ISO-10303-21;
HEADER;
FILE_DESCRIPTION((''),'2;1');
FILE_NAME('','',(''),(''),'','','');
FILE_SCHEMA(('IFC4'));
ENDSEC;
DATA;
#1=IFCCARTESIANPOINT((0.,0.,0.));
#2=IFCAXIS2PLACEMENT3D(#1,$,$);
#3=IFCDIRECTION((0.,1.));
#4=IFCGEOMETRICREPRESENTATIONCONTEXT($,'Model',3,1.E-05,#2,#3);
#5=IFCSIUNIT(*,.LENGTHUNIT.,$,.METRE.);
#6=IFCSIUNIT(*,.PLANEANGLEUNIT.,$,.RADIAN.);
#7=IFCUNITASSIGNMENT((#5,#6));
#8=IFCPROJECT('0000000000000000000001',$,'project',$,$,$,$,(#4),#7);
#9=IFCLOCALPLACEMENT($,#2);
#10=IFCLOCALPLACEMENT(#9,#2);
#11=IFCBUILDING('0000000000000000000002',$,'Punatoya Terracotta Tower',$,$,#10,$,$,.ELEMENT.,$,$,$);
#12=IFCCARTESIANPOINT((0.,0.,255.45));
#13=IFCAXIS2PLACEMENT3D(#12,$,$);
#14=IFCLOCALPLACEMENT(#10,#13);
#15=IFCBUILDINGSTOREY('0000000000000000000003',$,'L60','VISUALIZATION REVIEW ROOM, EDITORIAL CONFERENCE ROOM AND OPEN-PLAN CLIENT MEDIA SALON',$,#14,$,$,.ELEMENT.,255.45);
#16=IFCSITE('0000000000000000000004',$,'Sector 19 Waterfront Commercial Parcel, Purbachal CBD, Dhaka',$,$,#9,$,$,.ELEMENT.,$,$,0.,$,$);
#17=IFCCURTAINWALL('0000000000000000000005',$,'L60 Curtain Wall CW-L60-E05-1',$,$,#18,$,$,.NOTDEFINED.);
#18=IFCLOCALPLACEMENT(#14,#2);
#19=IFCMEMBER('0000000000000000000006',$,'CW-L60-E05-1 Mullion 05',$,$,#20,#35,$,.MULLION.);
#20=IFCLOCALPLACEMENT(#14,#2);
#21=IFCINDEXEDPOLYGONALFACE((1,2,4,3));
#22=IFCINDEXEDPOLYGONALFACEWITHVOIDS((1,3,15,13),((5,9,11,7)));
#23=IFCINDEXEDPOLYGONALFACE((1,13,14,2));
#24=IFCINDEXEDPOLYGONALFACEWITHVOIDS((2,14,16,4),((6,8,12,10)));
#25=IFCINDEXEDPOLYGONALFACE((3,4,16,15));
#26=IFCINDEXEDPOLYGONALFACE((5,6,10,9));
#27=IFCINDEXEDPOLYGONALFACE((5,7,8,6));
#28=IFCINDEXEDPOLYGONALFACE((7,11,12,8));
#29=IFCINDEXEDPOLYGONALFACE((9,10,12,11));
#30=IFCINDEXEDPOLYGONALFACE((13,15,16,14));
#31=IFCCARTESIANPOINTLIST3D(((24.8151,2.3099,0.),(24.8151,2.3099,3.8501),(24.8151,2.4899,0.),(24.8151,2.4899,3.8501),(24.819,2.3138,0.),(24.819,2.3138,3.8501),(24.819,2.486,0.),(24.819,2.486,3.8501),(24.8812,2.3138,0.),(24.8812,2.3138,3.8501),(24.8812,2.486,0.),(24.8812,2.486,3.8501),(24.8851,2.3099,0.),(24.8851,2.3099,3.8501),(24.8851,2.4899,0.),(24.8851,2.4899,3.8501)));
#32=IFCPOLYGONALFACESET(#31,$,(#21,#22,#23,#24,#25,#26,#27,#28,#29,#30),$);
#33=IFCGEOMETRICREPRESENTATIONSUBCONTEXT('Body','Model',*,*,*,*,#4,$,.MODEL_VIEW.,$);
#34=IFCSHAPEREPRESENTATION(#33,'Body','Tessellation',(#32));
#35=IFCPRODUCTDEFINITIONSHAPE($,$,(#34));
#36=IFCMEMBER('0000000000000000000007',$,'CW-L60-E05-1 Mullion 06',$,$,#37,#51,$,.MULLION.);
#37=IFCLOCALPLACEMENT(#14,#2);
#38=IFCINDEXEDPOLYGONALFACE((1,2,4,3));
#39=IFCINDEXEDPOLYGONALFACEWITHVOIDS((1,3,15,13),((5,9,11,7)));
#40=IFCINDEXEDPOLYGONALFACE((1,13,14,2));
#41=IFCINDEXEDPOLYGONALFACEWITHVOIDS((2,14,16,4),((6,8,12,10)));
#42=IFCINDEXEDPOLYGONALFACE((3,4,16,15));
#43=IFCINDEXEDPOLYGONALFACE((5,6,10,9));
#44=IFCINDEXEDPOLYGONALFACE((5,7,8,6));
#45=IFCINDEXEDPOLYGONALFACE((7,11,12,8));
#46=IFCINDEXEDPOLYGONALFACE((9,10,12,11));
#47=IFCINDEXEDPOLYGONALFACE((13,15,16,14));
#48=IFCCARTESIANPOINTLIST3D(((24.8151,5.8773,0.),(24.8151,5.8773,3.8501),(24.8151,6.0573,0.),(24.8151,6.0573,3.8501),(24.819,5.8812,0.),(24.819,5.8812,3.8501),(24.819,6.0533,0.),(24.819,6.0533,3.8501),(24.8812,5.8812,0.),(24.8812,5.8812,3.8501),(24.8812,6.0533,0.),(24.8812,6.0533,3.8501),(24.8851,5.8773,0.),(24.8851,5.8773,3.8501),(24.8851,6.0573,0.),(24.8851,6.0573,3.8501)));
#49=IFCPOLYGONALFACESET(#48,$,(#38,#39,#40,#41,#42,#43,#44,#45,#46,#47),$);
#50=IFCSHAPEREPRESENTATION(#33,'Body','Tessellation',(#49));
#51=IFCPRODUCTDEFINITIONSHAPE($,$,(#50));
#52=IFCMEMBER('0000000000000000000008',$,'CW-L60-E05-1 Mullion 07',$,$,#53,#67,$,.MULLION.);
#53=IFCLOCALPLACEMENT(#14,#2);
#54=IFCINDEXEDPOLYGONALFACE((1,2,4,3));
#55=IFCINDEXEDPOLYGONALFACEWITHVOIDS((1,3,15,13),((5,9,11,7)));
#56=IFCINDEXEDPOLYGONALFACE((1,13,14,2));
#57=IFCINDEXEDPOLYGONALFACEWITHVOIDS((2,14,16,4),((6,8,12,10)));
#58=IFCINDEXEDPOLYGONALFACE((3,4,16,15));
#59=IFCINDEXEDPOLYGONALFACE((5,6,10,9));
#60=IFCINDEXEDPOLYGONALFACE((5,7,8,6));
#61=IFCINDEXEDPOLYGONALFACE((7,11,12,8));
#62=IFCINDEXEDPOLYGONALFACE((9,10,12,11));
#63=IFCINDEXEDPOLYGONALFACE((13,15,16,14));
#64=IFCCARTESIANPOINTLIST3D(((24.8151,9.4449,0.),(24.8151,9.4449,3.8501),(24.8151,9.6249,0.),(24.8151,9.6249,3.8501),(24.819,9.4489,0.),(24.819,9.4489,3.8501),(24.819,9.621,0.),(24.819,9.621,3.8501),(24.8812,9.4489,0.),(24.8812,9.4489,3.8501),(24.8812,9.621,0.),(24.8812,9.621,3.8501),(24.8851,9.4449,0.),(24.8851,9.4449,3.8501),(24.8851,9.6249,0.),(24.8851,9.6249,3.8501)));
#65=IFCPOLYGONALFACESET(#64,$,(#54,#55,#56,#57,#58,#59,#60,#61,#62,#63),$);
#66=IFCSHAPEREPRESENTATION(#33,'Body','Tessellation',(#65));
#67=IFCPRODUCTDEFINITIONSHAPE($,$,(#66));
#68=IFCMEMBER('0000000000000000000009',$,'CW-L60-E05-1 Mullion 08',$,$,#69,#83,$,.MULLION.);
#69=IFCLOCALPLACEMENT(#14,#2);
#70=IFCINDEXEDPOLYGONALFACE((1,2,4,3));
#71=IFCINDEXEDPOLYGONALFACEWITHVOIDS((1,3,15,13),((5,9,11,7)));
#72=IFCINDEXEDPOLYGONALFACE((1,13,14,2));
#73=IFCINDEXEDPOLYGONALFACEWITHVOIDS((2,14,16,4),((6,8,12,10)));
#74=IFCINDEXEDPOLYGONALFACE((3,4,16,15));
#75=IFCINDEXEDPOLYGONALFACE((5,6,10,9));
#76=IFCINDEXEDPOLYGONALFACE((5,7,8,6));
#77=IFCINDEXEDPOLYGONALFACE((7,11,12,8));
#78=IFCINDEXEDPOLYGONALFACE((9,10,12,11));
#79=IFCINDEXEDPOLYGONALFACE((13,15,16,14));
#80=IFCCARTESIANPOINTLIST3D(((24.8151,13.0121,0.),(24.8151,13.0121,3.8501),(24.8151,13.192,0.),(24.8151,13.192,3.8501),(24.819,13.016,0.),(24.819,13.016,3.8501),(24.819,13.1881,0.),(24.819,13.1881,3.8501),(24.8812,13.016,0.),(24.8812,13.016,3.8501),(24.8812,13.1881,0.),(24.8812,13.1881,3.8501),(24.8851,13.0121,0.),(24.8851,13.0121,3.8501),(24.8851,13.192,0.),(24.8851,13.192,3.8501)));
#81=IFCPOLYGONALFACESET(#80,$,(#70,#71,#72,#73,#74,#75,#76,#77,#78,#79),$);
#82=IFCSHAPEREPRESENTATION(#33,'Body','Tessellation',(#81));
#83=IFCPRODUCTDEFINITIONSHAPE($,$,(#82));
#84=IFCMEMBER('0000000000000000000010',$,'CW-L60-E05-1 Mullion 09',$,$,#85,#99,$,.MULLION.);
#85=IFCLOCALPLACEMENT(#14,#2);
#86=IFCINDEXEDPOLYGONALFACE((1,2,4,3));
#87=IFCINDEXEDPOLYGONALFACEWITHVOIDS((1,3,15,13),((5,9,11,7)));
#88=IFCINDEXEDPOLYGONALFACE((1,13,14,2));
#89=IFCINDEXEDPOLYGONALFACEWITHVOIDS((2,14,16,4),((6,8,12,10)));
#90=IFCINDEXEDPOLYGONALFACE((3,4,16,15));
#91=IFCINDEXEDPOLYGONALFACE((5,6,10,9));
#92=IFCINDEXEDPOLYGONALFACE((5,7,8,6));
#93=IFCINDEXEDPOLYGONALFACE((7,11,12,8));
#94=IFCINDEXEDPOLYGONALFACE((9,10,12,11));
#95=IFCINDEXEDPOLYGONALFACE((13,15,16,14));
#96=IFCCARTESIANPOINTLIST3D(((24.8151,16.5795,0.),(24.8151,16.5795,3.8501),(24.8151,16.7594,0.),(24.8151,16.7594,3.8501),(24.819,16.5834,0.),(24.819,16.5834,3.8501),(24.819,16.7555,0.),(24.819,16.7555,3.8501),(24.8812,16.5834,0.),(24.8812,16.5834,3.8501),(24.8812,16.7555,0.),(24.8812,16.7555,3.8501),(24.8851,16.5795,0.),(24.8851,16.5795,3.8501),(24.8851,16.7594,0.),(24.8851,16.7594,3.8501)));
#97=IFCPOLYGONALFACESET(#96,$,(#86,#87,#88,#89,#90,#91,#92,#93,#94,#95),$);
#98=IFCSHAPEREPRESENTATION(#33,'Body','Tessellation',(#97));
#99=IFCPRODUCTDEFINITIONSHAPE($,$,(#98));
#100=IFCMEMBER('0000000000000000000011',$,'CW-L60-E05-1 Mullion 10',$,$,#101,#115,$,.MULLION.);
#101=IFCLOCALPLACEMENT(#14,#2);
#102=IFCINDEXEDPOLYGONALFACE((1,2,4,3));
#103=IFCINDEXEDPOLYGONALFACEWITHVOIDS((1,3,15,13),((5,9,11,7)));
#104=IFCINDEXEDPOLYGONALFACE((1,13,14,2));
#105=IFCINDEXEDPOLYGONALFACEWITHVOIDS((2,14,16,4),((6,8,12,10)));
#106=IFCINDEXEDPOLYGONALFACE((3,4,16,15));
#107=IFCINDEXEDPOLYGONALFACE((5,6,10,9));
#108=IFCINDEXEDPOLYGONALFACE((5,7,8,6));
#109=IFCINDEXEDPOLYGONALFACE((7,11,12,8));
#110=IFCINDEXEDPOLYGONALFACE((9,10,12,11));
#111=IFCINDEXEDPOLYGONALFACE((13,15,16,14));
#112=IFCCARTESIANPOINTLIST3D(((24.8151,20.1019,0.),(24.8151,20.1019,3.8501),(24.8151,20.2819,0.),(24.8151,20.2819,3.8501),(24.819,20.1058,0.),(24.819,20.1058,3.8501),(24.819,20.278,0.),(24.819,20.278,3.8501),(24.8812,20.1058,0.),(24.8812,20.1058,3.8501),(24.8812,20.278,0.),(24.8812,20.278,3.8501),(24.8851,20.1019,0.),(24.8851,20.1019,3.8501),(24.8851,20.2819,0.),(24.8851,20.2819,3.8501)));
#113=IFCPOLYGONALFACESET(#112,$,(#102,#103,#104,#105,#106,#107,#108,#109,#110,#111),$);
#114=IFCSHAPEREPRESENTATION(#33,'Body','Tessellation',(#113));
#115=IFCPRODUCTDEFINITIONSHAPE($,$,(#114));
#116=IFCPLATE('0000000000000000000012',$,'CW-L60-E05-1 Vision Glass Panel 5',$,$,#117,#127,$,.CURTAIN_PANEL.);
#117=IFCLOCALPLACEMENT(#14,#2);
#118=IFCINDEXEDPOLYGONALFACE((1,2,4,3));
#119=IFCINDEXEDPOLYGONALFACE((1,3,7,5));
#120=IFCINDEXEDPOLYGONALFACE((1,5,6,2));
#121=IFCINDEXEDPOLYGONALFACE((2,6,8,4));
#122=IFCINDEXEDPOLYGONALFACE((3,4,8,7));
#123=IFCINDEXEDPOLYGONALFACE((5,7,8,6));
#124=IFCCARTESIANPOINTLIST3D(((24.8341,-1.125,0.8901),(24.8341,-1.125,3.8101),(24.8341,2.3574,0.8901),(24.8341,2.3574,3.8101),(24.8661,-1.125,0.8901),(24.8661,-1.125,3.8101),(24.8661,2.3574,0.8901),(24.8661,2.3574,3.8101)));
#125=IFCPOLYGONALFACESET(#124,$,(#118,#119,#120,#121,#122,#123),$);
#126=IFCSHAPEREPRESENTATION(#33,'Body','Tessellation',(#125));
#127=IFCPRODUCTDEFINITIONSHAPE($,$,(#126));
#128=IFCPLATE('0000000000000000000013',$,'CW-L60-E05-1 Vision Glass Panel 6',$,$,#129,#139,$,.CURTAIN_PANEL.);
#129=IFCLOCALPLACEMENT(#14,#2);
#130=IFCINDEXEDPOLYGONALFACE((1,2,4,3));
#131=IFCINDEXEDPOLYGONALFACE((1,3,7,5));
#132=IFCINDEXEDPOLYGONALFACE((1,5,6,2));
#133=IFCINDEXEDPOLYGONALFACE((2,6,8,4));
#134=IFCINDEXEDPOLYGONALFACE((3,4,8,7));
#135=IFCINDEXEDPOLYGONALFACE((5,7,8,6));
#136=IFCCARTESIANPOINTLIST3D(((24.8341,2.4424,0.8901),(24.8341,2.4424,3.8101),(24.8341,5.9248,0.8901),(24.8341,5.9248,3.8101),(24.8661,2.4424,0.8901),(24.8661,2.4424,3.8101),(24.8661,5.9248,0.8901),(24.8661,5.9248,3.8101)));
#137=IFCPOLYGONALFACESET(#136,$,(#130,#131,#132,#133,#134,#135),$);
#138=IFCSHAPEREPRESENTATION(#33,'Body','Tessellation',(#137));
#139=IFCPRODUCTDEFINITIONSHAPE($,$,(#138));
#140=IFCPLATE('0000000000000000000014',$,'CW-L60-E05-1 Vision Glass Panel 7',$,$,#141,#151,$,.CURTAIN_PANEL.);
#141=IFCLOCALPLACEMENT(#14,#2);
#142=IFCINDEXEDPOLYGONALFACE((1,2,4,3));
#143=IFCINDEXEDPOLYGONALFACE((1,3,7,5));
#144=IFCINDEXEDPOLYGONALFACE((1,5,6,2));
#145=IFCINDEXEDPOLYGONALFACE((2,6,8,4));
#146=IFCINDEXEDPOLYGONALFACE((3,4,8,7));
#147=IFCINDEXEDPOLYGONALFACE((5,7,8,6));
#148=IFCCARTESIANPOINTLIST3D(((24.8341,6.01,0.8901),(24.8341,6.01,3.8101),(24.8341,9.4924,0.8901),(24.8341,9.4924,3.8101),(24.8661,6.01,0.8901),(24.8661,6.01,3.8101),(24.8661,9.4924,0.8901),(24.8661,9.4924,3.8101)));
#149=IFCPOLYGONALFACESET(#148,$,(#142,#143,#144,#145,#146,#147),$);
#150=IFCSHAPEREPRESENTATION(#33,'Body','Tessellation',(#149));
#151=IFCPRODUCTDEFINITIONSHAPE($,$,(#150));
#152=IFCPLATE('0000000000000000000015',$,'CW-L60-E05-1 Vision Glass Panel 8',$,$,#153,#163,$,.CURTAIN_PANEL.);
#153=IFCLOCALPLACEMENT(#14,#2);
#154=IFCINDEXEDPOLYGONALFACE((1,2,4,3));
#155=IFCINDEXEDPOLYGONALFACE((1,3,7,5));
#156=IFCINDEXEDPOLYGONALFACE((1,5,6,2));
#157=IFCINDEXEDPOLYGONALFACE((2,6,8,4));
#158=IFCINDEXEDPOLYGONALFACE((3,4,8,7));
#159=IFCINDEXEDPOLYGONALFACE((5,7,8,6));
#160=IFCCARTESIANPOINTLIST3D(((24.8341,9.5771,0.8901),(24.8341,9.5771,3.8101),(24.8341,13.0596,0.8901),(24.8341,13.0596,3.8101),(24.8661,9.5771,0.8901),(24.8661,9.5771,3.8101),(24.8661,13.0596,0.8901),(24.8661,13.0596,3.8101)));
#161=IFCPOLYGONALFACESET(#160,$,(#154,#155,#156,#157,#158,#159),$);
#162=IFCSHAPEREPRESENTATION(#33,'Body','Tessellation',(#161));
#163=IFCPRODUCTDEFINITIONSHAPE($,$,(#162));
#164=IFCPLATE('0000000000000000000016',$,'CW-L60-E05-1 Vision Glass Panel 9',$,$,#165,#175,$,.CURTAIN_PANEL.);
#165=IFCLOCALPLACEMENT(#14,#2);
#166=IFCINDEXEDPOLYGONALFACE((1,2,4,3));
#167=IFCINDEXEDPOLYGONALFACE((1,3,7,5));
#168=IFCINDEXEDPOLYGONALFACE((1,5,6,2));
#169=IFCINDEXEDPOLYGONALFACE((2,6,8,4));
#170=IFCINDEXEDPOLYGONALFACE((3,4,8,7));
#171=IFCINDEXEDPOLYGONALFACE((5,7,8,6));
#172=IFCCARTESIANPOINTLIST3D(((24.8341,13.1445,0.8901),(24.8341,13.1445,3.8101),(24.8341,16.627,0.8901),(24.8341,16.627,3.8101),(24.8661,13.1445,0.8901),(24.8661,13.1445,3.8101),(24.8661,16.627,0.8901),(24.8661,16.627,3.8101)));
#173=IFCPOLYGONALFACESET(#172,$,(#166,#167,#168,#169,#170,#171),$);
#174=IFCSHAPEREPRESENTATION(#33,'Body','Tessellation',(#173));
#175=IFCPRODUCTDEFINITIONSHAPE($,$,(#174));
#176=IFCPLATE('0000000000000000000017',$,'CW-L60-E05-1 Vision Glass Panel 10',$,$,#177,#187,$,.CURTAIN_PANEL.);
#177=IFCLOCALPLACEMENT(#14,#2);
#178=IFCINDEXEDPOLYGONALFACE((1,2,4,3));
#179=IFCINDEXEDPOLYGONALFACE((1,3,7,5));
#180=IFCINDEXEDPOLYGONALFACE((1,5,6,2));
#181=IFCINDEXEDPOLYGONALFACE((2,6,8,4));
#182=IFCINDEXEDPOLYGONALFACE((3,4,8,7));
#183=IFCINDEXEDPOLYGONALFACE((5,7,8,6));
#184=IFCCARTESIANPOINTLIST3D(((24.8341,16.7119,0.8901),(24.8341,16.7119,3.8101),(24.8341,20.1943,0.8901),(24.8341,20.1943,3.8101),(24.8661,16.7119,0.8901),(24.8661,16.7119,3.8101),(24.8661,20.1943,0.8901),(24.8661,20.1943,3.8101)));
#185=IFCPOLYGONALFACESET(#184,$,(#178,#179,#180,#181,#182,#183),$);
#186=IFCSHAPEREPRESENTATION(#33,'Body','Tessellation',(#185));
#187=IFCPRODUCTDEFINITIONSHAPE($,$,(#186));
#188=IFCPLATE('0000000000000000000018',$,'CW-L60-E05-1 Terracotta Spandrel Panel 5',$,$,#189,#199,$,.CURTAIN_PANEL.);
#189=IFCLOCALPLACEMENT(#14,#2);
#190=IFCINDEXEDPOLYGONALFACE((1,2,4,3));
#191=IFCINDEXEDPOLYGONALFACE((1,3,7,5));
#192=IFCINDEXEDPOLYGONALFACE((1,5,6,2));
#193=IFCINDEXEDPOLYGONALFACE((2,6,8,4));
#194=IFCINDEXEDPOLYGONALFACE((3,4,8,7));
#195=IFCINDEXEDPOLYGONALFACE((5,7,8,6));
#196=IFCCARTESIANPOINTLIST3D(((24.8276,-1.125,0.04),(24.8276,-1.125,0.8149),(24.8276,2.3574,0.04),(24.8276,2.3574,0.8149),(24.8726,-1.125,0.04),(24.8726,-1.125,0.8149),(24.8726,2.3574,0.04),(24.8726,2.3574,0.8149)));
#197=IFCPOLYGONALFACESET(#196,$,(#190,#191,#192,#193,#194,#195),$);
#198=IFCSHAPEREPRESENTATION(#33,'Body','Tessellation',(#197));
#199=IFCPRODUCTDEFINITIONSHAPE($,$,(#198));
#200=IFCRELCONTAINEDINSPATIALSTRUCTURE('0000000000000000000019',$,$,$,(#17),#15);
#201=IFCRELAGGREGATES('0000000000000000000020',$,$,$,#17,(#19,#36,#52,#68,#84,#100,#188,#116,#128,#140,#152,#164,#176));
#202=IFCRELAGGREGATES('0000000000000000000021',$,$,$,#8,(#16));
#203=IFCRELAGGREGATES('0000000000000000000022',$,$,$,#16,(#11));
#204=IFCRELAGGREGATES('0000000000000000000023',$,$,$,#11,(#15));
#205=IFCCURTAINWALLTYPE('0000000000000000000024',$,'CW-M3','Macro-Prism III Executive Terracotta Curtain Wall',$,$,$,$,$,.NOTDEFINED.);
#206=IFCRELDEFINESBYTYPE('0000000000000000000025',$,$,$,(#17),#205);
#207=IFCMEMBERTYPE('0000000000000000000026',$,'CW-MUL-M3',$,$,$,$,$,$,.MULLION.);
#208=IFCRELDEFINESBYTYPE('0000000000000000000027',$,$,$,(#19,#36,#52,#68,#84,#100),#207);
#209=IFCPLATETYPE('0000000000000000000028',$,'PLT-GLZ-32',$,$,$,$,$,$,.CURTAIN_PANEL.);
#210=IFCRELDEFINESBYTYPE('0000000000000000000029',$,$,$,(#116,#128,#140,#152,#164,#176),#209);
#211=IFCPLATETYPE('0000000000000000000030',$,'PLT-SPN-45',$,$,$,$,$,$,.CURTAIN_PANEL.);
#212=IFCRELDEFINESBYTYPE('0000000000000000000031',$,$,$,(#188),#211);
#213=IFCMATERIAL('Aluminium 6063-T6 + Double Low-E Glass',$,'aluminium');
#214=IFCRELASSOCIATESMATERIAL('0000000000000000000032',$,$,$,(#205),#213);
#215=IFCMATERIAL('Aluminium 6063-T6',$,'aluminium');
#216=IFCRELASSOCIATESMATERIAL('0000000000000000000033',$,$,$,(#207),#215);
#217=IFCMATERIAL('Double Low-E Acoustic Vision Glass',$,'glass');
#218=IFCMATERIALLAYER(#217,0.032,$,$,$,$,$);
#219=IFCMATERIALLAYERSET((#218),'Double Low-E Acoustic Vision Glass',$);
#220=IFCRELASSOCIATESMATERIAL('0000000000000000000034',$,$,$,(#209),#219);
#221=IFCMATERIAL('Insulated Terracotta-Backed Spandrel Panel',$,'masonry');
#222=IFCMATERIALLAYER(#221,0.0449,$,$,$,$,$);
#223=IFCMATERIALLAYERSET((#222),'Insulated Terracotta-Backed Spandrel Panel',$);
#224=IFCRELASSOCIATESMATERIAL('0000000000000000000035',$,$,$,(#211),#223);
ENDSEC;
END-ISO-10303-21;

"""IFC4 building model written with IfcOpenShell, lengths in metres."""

from ifc_helpers import new_model, si_unit, direction, frame, origin, origin_2d, place, context, subcontext, project, spatial, rectangle, hollow_rectangle, extrude, material, layer, layer_set, material_profile, profile_set, type_object, element, aggregate, save


model = new_model("IFC4")

# Units and contexts
model_context = context("Model", 3, precision=1e-05, world=origin(), true_north=direction((0.0, 1.0)))
body_context = subcontext(model_context, "Body", "Model", "MODEL_VIEW")
ifc_project = project(units=[si_unit("LENGTHUNIT", "METRE"), si_unit("PLANEANGLEUNIT", "RADIAN")], contexts=[model_context])

# Site, building, storey
site_placement = place(None, origin())
site = spatial("IfcSite", under=ifc_project, at=site_placement, Name="Sector 19 Waterfront Commercial Parcel, Purbachal CBD, Dhaka", CompositionType="ELEMENT", RefElevation=0.0)
building_placement = place(site_placement, origin())
building = spatial("IfcBuilding", under=site, at=building_placement, Name="Punatoya Terracotta Tower", CompositionType="ELEMENT")
storey_placement = place(building_placement, frame((0.0, 0.0, 255.45)))
storey = spatial("IfcBuildingStorey", under=building, at=storey_placement, Name="L60", Description="VISUALIZATION REVIEW ROOM, EDITORIAL CONFERENCE ROOM AND OPEN-PLAN CLIENT MEDIA SALON", CompositionType="ELEMENT", Elevation=255.45)

# Curtain wall, members, plates
ifc_material_1 = material(Name="Aluminium 6063-T6 + Double Low-E Glass", Category="aluminium")
curtain_wall_type = type_object("IfcCurtainWallType", Name="CW-M3", Description="Macro-Prism III Executive Terracotta Curtain Wall", PredefinedType="NOTDEFINED", material=ifc_material_1)
curtain_wall_placement = place(storey_placement, origin())
curtain_wall = element("IfcCurtainWall", 1, at=curtain_wall_placement, inside=storey, type_object=curtain_wall_type, Name="L60 Curtain Wall CW-L60-E05-1", PredefinedType="NOTDEFINED")
ifc_material_2 = material(Name="Aluminium 6063-T6", Category="aluminium")
ifc_material_profile_1 = material_profile(ifc_material_2, hollow_rectangle(XDim=0.0701, YDim=0.1799, WallThickness=0.0039, at=origin_2d()))
ifc_profile_set_1 = profile_set([ifc_material_profile_1], Name="Aluminium 6063-T6")
member_type = type_object("IfcMemberType", Name="CW-MUL-M3", PredefinedType="MULLION", material=ifc_profile_set_1)
member_1_placement = place(storey_placement, frame((24.8501, 2.3999, 0.0), z_axis=(0.0, 0.0, 1.0), x_axis=(1.0, 0.0, 0.0)))
member_1 = element("IfcMember", 2, at=member_1_placement, type_object=member_type, Name="CW-L60-E05-1 Mullion 05", PredefinedType="MULLION", context=body_context, shape_type="SweptSolid", body=[
    extrude(hollow_rectangle(XDim=0.0701, YDim=0.1799, WallThickness=0.0039, at=origin_2d()), origin(), (0.0, 0.0, 1.0), 3.8501),
])
member_2_placement = place(storey_placement, frame((24.8501, 5.9673, 0.0), z_axis=(0.0, 0.0, 1.0), x_axis=(1.0, 0.0, 0.0)))
member_2 = element("IfcMember", 3, at=member_2_placement, type_object=member_type, Name="CW-L60-E05-1 Mullion 06", PredefinedType="MULLION", context=body_context, shape_type="SweptSolid", body=[
    extrude(hollow_rectangle(XDim=0.0701, YDim=0.1799, WallThickness=0.0039, at=origin_2d()), origin(), (0.0, 0.0, 1.0), 3.8501),
])
member_3_placement = place(storey_placement, frame((24.8501, 9.5349, 0.0), z_axis=(0.0, 0.0, 1.0), x_axis=(1.0, 0.0, 0.0)))
member_3 = element("IfcMember", 4, at=member_3_placement, type_object=member_type, Name="CW-L60-E05-1 Mullion 07", PredefinedType="MULLION", context=body_context, shape_type="SweptSolid", body=[
    extrude(hollow_rectangle(XDim=0.0701, YDim=0.1799, WallThickness=0.0039, at=origin_2d()), origin(), (0.0, 0.0, 1.0), 3.8501),
])
member_4_placement = place(storey_placement, frame((24.8501, 13.1021, 0.0), z_axis=(0.0, 0.0, 1.0), x_axis=(1.0, 0.0, 0.0)))
member_4 = element("IfcMember", 5, at=member_4_placement, type_object=member_type, Name="CW-L60-E05-1 Mullion 08", PredefinedType="MULLION", context=body_context, shape_type="SweptSolid", body=[
    extrude(hollow_rectangle(XDim=0.0701, YDim=0.1799, WallThickness=0.0039, at=origin_2d()), origin(), (0.0, 0.0, 1.0), 3.8501),
])
member_5_placement = place(storey_placement, frame((24.8501, 16.6694, 0.0), z_axis=(0.0, 0.0, 1.0), x_axis=(1.0, 0.0, 0.0)))
member_5 = element("IfcMember", 6, at=member_5_placement, type_object=member_type, Name="CW-L60-E05-1 Mullion 09", PredefinedType="MULLION", context=body_context, shape_type="SweptSolid", body=[
    extrude(hollow_rectangle(XDim=0.0701, YDim=0.1799, WallThickness=0.0039, at=origin_2d()), origin(), (0.0, 0.0, 1.0), 3.8501),
])
member_6_placement = place(storey_placement, frame((24.8501, 20.1919, 0.0), z_axis=(0.0, 0.0, 1.0), x_axis=(1.0, 0.0, 0.0)))
member_6 = element("IfcMember", 7, at=member_6_placement, type_object=member_type, Name="CW-L60-E05-1 Mullion 10", PredefinedType="MULLION", context=body_context, shape_type="SweptSolid", body=[
    extrude(hollow_rectangle(XDim=0.0701, YDim=0.1799, WallThickness=0.0039, at=origin_2d()), origin(), (0.0, 0.0, 1.0), 3.8501),
])
ifc_material_3 = material(Name="Double Low-E Acoustic Vision Glass", Category="glass")
ifc_layer_1 = layer(ifc_material_3, 0.032)
ifc_layer_set_1 = layer_set([ifc_layer_1], Name="Double Low-E Acoustic Vision Glass")
plate_type_1 = type_object("IfcPlateType", Name="PLT-GLZ-32", PredefinedType="CURTAIN_PANEL", material=ifc_layer_set_1)
plate_1_placement = place(storey_placement, frame((24.8501, 0.6162, 0.8901), z_axis=(0.0, 0.0, 1.0), x_axis=(0.0, 1.0, 0.0)))
plate_1 = element("IfcPlate", 8, at=plate_1_placement, type_object=plate_type_1, Name="CW-L60-E05-1 Vision Glass Panel 5", PredefinedType="CURTAIN_PANEL", context=body_context, shape_type="SweptSolid", body=[
    extrude(rectangle(XDim=3.4824, YDim=0.032, at=origin_2d()), origin(), (0.0, 0.0, 1.0), 2.9199),
])
plate_2_placement = place(storey_placement, frame((24.8501, 4.1836, 0.8901), z_axis=(0.0, 0.0, 1.0), x_axis=(0.0, 1.0, 0.0)))
plate_2 = element("IfcPlate", 9, at=plate_2_placement, type_object=plate_type_1, Name="CW-L60-E05-1 Vision Glass Panel 6", PredefinedType="CURTAIN_PANEL", context=body_context, shape_type="SweptSolid", body=[
    extrude(rectangle(XDim=3.4824, YDim=0.032, at=origin_2d()), origin(), (0.0, 0.0, 1.0), 2.9199),
])
plate_3_placement = place(storey_placement, frame((24.8501, 7.7512, 0.8901), z_axis=(0.0, 0.0, 1.0), x_axis=(0.0, 1.0, 0.0)))
plate_3 = element("IfcPlate", 10, at=plate_3_placement, type_object=plate_type_1, Name="CW-L60-E05-1 Vision Glass Panel 7", PredefinedType="CURTAIN_PANEL", context=body_context, shape_type="SweptSolid", body=[
    extrude(rectangle(XDim=3.4824, YDim=0.032, at=origin_2d()), origin(), (0.0, 0.0, 1.0), 2.9199),
])
plate_4_placement = place(storey_placement, frame((24.8501, 11.3184, 0.8901), z_axis=(0.0, 0.0, 1.0), x_axis=(0.0, 1.0, 0.0)))
plate_4 = element("IfcPlate", 11, at=plate_4_placement, type_object=plate_type_1, Name="CW-L60-E05-1 Vision Glass Panel 8", PredefinedType="CURTAIN_PANEL", context=body_context, shape_type="SweptSolid", body=[
    extrude(rectangle(XDim=3.4824, YDim=0.032, at=origin_2d()), origin(), (0.0, 0.0, 1.0), 2.9199),
])
plate_5_placement = place(storey_placement, frame((24.8501, 14.8857, 0.8901), z_axis=(0.0, 0.0, 1.0), x_axis=(0.0, 1.0, 0.0)))
plate_5 = element("IfcPlate", 12, at=plate_5_placement, type_object=plate_type_1, Name="CW-L60-E05-1 Vision Glass Panel 9", PredefinedType="CURTAIN_PANEL", context=body_context, shape_type="SweptSolid", body=[
    extrude(rectangle(XDim=3.4824, YDim=0.032, at=origin_2d()), origin(), (0.0, 0.0, 1.0), 2.9199),
])
plate_6_placement = place(storey_placement, frame((24.8501, 18.4531, 0.8901), z_axis=(0.0, 0.0, 1.0), x_axis=(0.0, 1.0, 0.0)))
plate_6 = element("IfcPlate", 13, at=plate_6_placement, type_object=plate_type_1, Name="CW-L60-E05-1 Vision Glass Panel 10", PredefinedType="CURTAIN_PANEL", context=body_context, shape_type="SweptSolid", body=[
    extrude(rectangle(XDim=3.4824, YDim=0.032, at=origin_2d()), origin(), (0.0, 0.0, 1.0), 2.9199),
])
ifc_material_4 = material(Name="Insulated Terracotta-Backed Spandrel Panel", Category="masonry")
ifc_layer_2 = layer(ifc_material_4, 0.0449)
ifc_layer_set_2 = layer_set([ifc_layer_2], Name="Insulated Terracotta-Backed Spandrel Panel")
plate_type_2 = type_object("IfcPlateType", Name="PLT-SPN-45", PredefinedType="CURTAIN_PANEL", material=ifc_layer_set_2)
plate_7_placement = place(storey_placement, frame((24.8501, 0.6162, 0.04), z_axis=(0.0, 0.0, 1.0), x_axis=(0.0, 1.0, 0.0)))
plate_7 = element("IfcPlate", 14, at=plate_7_placement, type_object=plate_type_2, Name="CW-L60-E05-1 Terracotta Spandrel Panel 5", PredefinedType="CURTAIN_PANEL", context=body_context, shape_type="SweptSolid", body=[
    extrude(rectangle(XDim=3.4824, YDim=0.0449, at=origin_2d()), origin(), (0.0, 0.0, 1.0), 0.7749),
])
aggregate(curtain_wall, [member_1, member_2, member_3, member_4, member_5, member_6, plate_7, plate_1, plate_2, plate_3, plate_4, plate_5, plate_6])

save(model, "model.ifc")
